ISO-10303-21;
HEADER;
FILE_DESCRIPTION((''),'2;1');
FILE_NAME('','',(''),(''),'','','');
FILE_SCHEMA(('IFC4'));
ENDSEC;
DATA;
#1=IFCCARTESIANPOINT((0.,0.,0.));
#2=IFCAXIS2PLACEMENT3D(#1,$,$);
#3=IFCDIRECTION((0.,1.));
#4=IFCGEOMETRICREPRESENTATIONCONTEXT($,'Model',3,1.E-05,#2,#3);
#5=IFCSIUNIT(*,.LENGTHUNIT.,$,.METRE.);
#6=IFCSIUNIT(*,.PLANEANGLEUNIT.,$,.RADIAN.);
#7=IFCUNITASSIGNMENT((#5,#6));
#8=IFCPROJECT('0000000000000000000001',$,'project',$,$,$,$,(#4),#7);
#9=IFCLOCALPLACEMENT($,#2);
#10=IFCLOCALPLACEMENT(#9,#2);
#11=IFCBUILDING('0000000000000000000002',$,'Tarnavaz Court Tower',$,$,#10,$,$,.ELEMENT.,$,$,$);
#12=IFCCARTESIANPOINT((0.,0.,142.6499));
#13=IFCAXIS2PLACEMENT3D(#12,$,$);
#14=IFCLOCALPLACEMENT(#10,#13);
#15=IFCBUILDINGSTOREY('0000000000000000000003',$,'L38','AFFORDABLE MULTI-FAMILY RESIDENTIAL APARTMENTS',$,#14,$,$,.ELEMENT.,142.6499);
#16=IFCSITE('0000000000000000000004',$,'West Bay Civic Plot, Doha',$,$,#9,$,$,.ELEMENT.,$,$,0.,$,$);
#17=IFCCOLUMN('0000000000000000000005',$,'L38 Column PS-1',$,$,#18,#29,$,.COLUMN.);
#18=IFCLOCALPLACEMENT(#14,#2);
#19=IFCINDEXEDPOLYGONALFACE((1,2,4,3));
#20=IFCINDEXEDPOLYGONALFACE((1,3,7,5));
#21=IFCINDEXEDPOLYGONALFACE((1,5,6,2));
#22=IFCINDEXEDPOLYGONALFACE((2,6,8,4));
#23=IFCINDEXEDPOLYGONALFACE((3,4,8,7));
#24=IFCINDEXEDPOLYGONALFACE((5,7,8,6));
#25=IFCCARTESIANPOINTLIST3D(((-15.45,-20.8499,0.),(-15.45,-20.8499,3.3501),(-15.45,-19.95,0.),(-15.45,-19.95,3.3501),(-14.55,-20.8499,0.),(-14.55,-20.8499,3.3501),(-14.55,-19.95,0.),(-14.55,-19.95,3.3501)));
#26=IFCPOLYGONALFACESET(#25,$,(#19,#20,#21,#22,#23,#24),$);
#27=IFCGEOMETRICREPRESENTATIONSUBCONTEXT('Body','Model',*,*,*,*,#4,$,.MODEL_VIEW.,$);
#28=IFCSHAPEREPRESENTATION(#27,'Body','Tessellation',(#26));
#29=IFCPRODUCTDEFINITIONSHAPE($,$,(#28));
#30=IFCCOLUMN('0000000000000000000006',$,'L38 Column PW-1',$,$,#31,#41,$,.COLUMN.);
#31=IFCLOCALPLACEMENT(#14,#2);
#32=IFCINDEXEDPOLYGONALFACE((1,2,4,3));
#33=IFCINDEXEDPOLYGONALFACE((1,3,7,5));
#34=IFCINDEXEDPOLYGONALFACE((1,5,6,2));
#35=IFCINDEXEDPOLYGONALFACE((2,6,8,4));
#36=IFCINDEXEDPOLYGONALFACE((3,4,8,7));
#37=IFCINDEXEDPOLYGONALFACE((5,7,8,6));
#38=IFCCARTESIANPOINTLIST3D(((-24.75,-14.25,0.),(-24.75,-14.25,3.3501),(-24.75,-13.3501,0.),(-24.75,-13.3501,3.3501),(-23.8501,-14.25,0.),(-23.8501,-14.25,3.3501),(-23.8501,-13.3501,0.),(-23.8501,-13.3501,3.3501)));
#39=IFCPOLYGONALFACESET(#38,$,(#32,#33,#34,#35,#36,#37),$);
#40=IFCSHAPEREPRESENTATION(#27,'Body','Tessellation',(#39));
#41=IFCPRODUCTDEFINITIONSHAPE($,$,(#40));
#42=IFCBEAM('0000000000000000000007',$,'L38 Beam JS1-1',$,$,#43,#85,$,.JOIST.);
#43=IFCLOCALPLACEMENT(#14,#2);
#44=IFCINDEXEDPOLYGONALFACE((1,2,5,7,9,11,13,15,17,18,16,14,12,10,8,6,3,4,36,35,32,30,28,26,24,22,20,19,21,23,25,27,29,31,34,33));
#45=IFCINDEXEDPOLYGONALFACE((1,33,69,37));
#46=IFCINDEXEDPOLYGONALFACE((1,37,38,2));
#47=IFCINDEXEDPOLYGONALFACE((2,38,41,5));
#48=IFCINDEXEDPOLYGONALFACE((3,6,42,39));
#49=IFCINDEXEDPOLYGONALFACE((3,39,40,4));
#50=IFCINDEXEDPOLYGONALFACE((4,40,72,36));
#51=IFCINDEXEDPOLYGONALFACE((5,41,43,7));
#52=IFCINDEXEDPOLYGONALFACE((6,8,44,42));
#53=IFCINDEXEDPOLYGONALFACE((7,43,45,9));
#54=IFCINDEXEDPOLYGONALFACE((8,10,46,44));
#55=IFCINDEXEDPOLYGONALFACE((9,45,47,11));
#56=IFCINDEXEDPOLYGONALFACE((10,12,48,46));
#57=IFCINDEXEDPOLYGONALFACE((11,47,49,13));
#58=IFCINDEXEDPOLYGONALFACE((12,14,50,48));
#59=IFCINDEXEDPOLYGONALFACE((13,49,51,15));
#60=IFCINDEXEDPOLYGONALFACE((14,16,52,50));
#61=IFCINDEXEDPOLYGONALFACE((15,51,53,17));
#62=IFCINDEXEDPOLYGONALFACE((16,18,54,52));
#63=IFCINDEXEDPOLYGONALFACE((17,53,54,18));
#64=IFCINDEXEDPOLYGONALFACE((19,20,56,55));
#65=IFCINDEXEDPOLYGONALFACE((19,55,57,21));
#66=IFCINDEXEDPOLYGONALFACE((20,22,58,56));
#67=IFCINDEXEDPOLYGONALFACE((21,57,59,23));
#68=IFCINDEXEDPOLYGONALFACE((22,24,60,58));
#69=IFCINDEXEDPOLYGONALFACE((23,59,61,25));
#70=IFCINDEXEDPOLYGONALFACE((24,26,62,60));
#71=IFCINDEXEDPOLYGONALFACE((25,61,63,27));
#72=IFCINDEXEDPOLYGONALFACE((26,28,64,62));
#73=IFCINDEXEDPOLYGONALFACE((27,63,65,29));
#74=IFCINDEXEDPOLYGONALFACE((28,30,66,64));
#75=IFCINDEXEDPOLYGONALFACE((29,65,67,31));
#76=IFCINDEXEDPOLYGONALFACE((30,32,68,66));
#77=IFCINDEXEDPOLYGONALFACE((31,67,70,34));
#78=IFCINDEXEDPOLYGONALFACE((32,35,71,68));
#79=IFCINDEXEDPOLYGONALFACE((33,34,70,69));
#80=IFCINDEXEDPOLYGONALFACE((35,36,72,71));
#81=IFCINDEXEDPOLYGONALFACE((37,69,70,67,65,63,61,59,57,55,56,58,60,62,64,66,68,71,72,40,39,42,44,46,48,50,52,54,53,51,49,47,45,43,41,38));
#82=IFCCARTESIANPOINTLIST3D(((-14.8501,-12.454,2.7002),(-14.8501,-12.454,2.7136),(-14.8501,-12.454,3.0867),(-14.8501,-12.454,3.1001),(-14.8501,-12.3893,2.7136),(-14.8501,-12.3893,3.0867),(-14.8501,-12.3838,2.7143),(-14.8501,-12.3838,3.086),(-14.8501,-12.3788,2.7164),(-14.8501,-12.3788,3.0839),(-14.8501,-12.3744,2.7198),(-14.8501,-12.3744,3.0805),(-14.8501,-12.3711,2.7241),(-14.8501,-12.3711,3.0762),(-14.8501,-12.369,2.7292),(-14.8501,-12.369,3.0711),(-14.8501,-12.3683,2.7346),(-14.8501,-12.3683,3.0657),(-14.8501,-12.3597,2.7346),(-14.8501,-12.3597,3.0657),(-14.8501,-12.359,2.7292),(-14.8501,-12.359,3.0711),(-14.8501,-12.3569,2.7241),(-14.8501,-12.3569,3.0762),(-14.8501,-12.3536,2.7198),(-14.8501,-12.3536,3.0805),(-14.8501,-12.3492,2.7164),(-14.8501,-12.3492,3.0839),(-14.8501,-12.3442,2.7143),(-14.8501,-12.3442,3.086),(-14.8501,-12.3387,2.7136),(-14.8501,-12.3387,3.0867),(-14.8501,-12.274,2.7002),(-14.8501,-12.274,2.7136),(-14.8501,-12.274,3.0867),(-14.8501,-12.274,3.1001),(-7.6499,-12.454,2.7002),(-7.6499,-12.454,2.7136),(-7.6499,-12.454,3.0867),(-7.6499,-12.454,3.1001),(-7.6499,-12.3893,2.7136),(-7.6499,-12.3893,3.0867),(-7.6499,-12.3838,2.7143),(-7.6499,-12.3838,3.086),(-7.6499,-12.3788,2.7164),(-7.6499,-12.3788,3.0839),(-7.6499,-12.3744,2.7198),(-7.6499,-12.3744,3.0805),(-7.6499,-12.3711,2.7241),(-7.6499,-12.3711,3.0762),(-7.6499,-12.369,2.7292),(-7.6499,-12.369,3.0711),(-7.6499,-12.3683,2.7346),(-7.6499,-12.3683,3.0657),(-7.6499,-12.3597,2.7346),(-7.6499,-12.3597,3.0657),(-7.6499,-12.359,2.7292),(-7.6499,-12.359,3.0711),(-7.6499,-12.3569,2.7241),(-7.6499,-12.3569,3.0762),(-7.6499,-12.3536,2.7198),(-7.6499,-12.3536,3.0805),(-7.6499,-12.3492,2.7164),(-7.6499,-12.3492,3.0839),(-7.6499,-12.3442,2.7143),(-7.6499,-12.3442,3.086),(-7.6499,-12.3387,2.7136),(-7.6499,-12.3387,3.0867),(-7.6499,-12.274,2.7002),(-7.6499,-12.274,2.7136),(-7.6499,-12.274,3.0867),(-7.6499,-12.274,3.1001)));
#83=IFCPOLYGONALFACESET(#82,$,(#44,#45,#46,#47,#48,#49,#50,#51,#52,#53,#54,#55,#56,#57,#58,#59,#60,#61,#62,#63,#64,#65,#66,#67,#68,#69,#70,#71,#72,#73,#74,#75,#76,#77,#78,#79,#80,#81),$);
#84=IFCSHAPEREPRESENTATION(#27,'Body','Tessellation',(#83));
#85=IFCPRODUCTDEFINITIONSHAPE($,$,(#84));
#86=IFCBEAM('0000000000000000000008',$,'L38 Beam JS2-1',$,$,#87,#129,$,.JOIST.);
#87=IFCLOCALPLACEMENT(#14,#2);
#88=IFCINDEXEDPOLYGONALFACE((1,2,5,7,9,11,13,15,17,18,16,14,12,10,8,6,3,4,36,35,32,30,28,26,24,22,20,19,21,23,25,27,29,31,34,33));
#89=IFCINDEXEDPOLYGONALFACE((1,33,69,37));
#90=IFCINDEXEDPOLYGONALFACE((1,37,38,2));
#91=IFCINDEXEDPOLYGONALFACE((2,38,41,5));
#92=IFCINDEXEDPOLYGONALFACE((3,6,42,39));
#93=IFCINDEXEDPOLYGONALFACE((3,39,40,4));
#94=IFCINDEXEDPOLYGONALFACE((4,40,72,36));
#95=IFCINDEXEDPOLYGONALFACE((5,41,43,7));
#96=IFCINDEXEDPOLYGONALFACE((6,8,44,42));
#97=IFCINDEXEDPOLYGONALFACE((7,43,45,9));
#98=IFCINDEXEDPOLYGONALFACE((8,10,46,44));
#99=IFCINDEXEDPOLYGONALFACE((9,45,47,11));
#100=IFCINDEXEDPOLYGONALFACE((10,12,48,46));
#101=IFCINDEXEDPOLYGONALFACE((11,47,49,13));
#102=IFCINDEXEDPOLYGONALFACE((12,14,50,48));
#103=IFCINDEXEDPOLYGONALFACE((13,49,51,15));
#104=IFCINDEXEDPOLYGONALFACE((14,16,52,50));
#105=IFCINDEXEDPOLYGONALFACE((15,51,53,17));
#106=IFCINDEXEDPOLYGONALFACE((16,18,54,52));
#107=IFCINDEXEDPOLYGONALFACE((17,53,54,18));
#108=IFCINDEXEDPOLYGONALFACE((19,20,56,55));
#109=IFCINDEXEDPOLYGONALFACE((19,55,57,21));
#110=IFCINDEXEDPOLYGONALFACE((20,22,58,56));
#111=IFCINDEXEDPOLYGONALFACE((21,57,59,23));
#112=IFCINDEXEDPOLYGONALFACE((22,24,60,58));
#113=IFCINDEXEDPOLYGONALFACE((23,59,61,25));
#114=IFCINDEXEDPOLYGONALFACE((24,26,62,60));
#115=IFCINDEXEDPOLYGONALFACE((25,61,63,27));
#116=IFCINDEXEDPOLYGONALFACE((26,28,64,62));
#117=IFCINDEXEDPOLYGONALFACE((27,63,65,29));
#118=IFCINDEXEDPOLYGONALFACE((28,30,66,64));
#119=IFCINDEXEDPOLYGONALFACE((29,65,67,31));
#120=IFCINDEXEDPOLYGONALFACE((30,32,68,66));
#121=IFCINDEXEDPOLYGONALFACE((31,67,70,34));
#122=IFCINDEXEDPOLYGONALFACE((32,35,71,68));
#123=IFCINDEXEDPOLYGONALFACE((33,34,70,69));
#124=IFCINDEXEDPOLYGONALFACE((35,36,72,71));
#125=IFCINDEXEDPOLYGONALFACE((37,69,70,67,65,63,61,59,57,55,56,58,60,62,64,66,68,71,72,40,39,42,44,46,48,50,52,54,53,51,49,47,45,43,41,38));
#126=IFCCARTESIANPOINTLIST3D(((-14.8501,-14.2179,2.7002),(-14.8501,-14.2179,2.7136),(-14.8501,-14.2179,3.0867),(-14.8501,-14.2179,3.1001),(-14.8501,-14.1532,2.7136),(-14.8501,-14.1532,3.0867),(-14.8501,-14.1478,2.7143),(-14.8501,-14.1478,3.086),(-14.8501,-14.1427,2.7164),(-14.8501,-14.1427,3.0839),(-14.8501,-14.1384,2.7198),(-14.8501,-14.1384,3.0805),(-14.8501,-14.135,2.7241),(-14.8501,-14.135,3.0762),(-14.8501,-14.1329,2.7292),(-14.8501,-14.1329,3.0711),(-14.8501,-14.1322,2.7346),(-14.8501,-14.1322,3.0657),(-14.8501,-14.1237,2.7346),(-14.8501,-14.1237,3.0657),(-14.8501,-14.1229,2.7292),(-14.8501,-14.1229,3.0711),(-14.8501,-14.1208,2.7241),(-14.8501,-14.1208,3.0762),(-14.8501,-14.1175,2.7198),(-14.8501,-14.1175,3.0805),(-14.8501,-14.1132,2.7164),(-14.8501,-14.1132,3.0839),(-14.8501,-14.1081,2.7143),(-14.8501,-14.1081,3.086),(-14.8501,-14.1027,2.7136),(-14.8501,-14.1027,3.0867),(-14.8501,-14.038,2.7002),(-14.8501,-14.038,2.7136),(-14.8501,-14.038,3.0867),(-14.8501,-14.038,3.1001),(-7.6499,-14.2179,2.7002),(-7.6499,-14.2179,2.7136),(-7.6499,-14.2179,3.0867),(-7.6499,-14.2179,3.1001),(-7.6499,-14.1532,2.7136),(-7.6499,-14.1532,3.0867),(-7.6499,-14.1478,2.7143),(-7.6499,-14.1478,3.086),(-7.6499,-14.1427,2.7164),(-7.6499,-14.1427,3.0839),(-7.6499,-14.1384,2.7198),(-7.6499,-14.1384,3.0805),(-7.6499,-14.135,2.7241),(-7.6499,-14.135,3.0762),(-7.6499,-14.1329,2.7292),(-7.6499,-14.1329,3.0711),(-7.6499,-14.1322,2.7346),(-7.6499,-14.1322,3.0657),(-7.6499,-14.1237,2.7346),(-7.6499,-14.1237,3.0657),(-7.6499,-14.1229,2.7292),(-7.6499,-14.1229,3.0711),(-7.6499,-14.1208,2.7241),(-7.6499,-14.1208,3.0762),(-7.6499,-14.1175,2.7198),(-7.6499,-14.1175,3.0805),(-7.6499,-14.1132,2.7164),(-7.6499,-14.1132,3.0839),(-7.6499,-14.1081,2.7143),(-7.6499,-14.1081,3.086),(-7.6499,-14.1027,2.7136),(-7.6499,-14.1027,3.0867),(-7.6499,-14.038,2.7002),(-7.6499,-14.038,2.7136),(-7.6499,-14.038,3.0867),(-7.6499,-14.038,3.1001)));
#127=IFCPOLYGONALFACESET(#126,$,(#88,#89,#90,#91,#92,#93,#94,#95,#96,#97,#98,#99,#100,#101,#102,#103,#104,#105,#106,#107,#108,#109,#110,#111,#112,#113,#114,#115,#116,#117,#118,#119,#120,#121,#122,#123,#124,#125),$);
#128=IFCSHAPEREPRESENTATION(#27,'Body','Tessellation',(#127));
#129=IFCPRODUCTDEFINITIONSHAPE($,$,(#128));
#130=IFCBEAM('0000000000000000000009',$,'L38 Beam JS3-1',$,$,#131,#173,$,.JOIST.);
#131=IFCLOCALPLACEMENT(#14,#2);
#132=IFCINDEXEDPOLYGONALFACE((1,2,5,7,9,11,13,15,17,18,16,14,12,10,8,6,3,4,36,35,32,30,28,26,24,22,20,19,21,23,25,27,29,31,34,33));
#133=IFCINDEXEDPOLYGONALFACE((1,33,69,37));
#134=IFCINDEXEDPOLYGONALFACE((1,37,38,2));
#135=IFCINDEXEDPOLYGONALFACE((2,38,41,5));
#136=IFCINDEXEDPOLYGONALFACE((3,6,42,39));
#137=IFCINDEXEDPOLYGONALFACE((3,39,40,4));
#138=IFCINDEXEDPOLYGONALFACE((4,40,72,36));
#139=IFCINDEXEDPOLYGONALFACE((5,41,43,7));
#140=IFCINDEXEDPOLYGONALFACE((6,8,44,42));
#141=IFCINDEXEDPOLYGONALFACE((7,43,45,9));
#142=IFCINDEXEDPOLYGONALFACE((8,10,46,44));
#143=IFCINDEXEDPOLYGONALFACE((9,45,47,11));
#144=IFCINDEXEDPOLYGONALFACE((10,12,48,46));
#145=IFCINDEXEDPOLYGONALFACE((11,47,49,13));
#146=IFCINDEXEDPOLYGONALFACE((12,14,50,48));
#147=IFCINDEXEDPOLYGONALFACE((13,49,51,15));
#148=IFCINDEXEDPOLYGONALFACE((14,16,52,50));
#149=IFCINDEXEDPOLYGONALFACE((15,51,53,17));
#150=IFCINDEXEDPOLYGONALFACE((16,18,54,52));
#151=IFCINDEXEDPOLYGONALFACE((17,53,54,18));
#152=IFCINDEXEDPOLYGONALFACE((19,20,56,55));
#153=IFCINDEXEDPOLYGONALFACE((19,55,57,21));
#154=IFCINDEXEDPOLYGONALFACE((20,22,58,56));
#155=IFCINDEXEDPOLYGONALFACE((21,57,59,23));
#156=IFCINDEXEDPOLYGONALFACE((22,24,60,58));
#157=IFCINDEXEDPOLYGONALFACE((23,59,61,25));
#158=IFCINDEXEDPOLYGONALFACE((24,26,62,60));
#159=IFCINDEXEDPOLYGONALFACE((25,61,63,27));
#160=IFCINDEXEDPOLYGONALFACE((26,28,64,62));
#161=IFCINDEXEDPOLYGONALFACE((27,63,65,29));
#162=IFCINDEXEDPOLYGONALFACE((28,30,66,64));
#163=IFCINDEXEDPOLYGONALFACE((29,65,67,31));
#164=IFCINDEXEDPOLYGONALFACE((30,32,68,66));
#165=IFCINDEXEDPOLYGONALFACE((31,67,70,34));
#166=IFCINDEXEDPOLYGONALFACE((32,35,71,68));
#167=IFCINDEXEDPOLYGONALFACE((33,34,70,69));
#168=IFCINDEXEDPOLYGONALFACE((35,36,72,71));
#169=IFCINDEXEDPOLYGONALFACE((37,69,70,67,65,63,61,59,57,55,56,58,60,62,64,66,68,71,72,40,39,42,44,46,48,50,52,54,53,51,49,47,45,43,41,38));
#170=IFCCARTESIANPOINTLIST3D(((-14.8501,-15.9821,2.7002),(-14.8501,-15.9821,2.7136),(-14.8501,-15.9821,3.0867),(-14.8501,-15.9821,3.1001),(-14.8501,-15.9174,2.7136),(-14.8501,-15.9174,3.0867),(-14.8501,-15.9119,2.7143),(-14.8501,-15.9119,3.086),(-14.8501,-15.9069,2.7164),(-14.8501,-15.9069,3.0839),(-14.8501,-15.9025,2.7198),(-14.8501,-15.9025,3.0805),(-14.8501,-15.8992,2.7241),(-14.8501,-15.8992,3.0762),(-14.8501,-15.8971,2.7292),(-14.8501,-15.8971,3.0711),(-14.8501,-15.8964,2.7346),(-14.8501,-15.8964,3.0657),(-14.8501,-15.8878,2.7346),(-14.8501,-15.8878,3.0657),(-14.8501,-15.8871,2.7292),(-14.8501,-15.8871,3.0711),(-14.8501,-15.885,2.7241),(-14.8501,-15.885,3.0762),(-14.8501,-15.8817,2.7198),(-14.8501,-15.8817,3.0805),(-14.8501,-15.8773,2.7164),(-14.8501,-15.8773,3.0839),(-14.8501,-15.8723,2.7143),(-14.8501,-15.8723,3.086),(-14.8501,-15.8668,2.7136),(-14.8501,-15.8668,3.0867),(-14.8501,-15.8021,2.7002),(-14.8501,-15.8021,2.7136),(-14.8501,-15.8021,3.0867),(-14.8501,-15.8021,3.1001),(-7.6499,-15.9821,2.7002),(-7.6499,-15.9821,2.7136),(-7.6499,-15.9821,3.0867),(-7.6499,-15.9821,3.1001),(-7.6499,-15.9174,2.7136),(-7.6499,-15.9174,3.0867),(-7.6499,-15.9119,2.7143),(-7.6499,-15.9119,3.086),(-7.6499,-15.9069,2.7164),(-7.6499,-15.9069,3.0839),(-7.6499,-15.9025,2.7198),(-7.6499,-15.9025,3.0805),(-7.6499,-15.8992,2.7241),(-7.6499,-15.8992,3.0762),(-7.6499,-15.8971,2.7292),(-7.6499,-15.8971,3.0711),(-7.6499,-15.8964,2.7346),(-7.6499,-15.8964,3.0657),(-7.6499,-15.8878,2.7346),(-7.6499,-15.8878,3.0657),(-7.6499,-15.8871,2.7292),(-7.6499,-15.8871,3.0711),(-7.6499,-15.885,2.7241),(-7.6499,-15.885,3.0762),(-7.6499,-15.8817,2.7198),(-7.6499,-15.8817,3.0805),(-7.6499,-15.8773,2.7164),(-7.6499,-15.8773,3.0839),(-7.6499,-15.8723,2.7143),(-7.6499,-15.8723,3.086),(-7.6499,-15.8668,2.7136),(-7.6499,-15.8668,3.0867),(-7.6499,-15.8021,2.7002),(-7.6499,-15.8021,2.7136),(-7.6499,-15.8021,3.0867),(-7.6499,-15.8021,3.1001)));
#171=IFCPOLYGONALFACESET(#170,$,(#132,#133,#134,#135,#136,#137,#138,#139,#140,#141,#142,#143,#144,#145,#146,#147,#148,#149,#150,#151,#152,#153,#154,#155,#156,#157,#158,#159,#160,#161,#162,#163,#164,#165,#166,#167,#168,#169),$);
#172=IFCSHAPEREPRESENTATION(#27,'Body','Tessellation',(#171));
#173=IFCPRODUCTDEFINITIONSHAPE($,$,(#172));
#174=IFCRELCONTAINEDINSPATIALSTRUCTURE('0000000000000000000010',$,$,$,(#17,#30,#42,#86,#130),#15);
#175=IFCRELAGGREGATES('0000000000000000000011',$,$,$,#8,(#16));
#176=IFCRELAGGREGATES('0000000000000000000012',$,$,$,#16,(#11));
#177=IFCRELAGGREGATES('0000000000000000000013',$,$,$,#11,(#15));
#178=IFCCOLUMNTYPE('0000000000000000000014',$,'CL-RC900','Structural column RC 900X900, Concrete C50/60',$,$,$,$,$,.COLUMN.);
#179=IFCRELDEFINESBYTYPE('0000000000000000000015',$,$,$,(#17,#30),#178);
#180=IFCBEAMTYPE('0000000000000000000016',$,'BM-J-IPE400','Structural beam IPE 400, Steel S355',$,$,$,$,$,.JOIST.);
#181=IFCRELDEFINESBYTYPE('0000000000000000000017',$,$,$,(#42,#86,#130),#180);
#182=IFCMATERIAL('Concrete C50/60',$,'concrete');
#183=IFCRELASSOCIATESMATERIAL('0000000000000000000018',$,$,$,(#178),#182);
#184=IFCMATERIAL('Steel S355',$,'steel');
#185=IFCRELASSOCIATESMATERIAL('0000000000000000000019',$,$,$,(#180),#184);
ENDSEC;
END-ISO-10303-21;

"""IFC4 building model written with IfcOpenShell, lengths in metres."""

from ifc_helpers import new_model, si_unit, direction, frame, origin, origin_2d, place, context, subcontext, project, spatial, rectangle, i_section, extrude, material, material_profile, profile_set, type_object, element, save


model = new_model("IFC4")

# Units and contexts
model_context = context("Model", 3, precision=1e-05, world=origin(), true_north=direction((0.0, 1.0)))
body_context = subcontext(model_context, "Body", "Model", "MODEL_VIEW")
ifc_project = project(units=[si_unit("LENGTHUNIT", "METRE"), si_unit("PLANEANGLEUNIT", "RADIAN")], contexts=[model_context])

# Site, building, storey
site_placement = place(None, origin())
site = spatial("IfcSite", under=ifc_project, at=site_placement, Name="West Bay Civic Plot, Doha", CompositionType="ELEMENT", RefElevation=0.0)
building_placement = place(site_placement, origin())
building = spatial("IfcBuilding", under=site, at=building_placement, Name="Tarnavaz Court Tower", CompositionType="ELEMENT")
storey_placement = place(building_placement, frame((0.0, 0.0, 142.6499)))
storey = spatial("IfcBuildingStorey", under=building, at=storey_placement, Name="L38", Description="AFFORDABLE MULTI-FAMILY RESIDENTIAL APARTMENTS", CompositionType="ELEMENT", Elevation=142.6499)

# Columns
ifc_material_1 = material(Name="Concrete C50/60", Category="concrete")
ifc_material_profile_1 = material_profile(ifc_material_1, rectangle(XDim=0.8999, YDim=0.8999, at=origin_2d()), Name="RC 900X900")
ifc_profile_set_1 = profile_set([ifc_material_profile_1], Name="Concrete C50/60")
column_type = type_object("IfcColumnType", Name="CL-RC900", Description="Structural column RC 900X900, Concrete C50/60", PredefinedType="COLUMN", material=ifc_profile_set_1)
for number, where, z_axis, x_axis, name in (
    (1, (-15.0, -20.3999, 0.0), (0.0, 0.0, 1.0), (1.0, 0.0, 0.0), "L38 Column PS-1"),
    (2, (-24.3, -13.8, 0.0), (0.0, 0.0, 1.0), (1.0, 0.0, 0.0), "L38 Column PW-1"),
):
    element("IfcColumn", number, at=place(storey_placement, frame(where, z_axis=z_axis, x_axis=x_axis)), inside=storey, type_object=column_type, Name=name, PredefinedType="COLUMN", context=body_context, shape_type="SweptSolid", body=[
        extrude(rectangle(XDim=0.8999, YDim=0.8999, at=origin_2d()), origin(), (0.0, 0.0, 1.0), 3.3501),
    ])

# Beams
ifc_material_2 = material(Name="Steel S355", Category="steel")
ifc_material_profile_2 = material_profile(ifc_material_2, i_section(OverallWidth=0.1799, OverallDepth=0.3999, WebThickness=0.0085, FlangeThickness=0.0134, FilletRadius=0.021, at=origin_2d()), Name="IPE 400")
ifc_profile_set_2 = profile_set([ifc_material_profile_2], Name="Steel S355")
beam_type_1 = type_object("IfcBeamType", Name="BM-J-IPE400", Description="Structural beam IPE 400, Steel S355", PredefinedType="JOIST", material=ifc_profile_set_2)
for number, where, z_axis, x_axis, name in (
    (3, (-14.8501, -12.364, 2.9001), (1.0, 0.0, 0.0), (0.0, 1.0, 0.0), "L38 Beam JS1-1"),
    (4, (-14.8501, -14.1279, 2.9001), (1.0, 0.0, 0.0), (0.0, 1.0, 0.0), "L38 Beam JS2-1"),
    (5, (-14.8501, -15.8921, 2.9001), (1.0, 0.0, 0.0), (0.0, 1.0, 0.0), "L38 Beam JS3-1"),
):
    element("IfcBeam", number, at=place(storey_placement, frame(where, z_axis=z_axis, x_axis=x_axis)), inside=storey, type_object=beam_type_1, Name=name, PredefinedType="JOIST", context=body_context, shape_type="SweptSolid", body=[
        extrude(i_section(OverallWidth=0.1799, OverallDepth=0.3999, WebThickness=0.0085, FlangeThickness=0.0134, FilletRadius=0.021, at=origin_2d()), origin(), (0.0, 0.0, 1.0), 7.2002),
    ])

save(model, "model.ifc")
